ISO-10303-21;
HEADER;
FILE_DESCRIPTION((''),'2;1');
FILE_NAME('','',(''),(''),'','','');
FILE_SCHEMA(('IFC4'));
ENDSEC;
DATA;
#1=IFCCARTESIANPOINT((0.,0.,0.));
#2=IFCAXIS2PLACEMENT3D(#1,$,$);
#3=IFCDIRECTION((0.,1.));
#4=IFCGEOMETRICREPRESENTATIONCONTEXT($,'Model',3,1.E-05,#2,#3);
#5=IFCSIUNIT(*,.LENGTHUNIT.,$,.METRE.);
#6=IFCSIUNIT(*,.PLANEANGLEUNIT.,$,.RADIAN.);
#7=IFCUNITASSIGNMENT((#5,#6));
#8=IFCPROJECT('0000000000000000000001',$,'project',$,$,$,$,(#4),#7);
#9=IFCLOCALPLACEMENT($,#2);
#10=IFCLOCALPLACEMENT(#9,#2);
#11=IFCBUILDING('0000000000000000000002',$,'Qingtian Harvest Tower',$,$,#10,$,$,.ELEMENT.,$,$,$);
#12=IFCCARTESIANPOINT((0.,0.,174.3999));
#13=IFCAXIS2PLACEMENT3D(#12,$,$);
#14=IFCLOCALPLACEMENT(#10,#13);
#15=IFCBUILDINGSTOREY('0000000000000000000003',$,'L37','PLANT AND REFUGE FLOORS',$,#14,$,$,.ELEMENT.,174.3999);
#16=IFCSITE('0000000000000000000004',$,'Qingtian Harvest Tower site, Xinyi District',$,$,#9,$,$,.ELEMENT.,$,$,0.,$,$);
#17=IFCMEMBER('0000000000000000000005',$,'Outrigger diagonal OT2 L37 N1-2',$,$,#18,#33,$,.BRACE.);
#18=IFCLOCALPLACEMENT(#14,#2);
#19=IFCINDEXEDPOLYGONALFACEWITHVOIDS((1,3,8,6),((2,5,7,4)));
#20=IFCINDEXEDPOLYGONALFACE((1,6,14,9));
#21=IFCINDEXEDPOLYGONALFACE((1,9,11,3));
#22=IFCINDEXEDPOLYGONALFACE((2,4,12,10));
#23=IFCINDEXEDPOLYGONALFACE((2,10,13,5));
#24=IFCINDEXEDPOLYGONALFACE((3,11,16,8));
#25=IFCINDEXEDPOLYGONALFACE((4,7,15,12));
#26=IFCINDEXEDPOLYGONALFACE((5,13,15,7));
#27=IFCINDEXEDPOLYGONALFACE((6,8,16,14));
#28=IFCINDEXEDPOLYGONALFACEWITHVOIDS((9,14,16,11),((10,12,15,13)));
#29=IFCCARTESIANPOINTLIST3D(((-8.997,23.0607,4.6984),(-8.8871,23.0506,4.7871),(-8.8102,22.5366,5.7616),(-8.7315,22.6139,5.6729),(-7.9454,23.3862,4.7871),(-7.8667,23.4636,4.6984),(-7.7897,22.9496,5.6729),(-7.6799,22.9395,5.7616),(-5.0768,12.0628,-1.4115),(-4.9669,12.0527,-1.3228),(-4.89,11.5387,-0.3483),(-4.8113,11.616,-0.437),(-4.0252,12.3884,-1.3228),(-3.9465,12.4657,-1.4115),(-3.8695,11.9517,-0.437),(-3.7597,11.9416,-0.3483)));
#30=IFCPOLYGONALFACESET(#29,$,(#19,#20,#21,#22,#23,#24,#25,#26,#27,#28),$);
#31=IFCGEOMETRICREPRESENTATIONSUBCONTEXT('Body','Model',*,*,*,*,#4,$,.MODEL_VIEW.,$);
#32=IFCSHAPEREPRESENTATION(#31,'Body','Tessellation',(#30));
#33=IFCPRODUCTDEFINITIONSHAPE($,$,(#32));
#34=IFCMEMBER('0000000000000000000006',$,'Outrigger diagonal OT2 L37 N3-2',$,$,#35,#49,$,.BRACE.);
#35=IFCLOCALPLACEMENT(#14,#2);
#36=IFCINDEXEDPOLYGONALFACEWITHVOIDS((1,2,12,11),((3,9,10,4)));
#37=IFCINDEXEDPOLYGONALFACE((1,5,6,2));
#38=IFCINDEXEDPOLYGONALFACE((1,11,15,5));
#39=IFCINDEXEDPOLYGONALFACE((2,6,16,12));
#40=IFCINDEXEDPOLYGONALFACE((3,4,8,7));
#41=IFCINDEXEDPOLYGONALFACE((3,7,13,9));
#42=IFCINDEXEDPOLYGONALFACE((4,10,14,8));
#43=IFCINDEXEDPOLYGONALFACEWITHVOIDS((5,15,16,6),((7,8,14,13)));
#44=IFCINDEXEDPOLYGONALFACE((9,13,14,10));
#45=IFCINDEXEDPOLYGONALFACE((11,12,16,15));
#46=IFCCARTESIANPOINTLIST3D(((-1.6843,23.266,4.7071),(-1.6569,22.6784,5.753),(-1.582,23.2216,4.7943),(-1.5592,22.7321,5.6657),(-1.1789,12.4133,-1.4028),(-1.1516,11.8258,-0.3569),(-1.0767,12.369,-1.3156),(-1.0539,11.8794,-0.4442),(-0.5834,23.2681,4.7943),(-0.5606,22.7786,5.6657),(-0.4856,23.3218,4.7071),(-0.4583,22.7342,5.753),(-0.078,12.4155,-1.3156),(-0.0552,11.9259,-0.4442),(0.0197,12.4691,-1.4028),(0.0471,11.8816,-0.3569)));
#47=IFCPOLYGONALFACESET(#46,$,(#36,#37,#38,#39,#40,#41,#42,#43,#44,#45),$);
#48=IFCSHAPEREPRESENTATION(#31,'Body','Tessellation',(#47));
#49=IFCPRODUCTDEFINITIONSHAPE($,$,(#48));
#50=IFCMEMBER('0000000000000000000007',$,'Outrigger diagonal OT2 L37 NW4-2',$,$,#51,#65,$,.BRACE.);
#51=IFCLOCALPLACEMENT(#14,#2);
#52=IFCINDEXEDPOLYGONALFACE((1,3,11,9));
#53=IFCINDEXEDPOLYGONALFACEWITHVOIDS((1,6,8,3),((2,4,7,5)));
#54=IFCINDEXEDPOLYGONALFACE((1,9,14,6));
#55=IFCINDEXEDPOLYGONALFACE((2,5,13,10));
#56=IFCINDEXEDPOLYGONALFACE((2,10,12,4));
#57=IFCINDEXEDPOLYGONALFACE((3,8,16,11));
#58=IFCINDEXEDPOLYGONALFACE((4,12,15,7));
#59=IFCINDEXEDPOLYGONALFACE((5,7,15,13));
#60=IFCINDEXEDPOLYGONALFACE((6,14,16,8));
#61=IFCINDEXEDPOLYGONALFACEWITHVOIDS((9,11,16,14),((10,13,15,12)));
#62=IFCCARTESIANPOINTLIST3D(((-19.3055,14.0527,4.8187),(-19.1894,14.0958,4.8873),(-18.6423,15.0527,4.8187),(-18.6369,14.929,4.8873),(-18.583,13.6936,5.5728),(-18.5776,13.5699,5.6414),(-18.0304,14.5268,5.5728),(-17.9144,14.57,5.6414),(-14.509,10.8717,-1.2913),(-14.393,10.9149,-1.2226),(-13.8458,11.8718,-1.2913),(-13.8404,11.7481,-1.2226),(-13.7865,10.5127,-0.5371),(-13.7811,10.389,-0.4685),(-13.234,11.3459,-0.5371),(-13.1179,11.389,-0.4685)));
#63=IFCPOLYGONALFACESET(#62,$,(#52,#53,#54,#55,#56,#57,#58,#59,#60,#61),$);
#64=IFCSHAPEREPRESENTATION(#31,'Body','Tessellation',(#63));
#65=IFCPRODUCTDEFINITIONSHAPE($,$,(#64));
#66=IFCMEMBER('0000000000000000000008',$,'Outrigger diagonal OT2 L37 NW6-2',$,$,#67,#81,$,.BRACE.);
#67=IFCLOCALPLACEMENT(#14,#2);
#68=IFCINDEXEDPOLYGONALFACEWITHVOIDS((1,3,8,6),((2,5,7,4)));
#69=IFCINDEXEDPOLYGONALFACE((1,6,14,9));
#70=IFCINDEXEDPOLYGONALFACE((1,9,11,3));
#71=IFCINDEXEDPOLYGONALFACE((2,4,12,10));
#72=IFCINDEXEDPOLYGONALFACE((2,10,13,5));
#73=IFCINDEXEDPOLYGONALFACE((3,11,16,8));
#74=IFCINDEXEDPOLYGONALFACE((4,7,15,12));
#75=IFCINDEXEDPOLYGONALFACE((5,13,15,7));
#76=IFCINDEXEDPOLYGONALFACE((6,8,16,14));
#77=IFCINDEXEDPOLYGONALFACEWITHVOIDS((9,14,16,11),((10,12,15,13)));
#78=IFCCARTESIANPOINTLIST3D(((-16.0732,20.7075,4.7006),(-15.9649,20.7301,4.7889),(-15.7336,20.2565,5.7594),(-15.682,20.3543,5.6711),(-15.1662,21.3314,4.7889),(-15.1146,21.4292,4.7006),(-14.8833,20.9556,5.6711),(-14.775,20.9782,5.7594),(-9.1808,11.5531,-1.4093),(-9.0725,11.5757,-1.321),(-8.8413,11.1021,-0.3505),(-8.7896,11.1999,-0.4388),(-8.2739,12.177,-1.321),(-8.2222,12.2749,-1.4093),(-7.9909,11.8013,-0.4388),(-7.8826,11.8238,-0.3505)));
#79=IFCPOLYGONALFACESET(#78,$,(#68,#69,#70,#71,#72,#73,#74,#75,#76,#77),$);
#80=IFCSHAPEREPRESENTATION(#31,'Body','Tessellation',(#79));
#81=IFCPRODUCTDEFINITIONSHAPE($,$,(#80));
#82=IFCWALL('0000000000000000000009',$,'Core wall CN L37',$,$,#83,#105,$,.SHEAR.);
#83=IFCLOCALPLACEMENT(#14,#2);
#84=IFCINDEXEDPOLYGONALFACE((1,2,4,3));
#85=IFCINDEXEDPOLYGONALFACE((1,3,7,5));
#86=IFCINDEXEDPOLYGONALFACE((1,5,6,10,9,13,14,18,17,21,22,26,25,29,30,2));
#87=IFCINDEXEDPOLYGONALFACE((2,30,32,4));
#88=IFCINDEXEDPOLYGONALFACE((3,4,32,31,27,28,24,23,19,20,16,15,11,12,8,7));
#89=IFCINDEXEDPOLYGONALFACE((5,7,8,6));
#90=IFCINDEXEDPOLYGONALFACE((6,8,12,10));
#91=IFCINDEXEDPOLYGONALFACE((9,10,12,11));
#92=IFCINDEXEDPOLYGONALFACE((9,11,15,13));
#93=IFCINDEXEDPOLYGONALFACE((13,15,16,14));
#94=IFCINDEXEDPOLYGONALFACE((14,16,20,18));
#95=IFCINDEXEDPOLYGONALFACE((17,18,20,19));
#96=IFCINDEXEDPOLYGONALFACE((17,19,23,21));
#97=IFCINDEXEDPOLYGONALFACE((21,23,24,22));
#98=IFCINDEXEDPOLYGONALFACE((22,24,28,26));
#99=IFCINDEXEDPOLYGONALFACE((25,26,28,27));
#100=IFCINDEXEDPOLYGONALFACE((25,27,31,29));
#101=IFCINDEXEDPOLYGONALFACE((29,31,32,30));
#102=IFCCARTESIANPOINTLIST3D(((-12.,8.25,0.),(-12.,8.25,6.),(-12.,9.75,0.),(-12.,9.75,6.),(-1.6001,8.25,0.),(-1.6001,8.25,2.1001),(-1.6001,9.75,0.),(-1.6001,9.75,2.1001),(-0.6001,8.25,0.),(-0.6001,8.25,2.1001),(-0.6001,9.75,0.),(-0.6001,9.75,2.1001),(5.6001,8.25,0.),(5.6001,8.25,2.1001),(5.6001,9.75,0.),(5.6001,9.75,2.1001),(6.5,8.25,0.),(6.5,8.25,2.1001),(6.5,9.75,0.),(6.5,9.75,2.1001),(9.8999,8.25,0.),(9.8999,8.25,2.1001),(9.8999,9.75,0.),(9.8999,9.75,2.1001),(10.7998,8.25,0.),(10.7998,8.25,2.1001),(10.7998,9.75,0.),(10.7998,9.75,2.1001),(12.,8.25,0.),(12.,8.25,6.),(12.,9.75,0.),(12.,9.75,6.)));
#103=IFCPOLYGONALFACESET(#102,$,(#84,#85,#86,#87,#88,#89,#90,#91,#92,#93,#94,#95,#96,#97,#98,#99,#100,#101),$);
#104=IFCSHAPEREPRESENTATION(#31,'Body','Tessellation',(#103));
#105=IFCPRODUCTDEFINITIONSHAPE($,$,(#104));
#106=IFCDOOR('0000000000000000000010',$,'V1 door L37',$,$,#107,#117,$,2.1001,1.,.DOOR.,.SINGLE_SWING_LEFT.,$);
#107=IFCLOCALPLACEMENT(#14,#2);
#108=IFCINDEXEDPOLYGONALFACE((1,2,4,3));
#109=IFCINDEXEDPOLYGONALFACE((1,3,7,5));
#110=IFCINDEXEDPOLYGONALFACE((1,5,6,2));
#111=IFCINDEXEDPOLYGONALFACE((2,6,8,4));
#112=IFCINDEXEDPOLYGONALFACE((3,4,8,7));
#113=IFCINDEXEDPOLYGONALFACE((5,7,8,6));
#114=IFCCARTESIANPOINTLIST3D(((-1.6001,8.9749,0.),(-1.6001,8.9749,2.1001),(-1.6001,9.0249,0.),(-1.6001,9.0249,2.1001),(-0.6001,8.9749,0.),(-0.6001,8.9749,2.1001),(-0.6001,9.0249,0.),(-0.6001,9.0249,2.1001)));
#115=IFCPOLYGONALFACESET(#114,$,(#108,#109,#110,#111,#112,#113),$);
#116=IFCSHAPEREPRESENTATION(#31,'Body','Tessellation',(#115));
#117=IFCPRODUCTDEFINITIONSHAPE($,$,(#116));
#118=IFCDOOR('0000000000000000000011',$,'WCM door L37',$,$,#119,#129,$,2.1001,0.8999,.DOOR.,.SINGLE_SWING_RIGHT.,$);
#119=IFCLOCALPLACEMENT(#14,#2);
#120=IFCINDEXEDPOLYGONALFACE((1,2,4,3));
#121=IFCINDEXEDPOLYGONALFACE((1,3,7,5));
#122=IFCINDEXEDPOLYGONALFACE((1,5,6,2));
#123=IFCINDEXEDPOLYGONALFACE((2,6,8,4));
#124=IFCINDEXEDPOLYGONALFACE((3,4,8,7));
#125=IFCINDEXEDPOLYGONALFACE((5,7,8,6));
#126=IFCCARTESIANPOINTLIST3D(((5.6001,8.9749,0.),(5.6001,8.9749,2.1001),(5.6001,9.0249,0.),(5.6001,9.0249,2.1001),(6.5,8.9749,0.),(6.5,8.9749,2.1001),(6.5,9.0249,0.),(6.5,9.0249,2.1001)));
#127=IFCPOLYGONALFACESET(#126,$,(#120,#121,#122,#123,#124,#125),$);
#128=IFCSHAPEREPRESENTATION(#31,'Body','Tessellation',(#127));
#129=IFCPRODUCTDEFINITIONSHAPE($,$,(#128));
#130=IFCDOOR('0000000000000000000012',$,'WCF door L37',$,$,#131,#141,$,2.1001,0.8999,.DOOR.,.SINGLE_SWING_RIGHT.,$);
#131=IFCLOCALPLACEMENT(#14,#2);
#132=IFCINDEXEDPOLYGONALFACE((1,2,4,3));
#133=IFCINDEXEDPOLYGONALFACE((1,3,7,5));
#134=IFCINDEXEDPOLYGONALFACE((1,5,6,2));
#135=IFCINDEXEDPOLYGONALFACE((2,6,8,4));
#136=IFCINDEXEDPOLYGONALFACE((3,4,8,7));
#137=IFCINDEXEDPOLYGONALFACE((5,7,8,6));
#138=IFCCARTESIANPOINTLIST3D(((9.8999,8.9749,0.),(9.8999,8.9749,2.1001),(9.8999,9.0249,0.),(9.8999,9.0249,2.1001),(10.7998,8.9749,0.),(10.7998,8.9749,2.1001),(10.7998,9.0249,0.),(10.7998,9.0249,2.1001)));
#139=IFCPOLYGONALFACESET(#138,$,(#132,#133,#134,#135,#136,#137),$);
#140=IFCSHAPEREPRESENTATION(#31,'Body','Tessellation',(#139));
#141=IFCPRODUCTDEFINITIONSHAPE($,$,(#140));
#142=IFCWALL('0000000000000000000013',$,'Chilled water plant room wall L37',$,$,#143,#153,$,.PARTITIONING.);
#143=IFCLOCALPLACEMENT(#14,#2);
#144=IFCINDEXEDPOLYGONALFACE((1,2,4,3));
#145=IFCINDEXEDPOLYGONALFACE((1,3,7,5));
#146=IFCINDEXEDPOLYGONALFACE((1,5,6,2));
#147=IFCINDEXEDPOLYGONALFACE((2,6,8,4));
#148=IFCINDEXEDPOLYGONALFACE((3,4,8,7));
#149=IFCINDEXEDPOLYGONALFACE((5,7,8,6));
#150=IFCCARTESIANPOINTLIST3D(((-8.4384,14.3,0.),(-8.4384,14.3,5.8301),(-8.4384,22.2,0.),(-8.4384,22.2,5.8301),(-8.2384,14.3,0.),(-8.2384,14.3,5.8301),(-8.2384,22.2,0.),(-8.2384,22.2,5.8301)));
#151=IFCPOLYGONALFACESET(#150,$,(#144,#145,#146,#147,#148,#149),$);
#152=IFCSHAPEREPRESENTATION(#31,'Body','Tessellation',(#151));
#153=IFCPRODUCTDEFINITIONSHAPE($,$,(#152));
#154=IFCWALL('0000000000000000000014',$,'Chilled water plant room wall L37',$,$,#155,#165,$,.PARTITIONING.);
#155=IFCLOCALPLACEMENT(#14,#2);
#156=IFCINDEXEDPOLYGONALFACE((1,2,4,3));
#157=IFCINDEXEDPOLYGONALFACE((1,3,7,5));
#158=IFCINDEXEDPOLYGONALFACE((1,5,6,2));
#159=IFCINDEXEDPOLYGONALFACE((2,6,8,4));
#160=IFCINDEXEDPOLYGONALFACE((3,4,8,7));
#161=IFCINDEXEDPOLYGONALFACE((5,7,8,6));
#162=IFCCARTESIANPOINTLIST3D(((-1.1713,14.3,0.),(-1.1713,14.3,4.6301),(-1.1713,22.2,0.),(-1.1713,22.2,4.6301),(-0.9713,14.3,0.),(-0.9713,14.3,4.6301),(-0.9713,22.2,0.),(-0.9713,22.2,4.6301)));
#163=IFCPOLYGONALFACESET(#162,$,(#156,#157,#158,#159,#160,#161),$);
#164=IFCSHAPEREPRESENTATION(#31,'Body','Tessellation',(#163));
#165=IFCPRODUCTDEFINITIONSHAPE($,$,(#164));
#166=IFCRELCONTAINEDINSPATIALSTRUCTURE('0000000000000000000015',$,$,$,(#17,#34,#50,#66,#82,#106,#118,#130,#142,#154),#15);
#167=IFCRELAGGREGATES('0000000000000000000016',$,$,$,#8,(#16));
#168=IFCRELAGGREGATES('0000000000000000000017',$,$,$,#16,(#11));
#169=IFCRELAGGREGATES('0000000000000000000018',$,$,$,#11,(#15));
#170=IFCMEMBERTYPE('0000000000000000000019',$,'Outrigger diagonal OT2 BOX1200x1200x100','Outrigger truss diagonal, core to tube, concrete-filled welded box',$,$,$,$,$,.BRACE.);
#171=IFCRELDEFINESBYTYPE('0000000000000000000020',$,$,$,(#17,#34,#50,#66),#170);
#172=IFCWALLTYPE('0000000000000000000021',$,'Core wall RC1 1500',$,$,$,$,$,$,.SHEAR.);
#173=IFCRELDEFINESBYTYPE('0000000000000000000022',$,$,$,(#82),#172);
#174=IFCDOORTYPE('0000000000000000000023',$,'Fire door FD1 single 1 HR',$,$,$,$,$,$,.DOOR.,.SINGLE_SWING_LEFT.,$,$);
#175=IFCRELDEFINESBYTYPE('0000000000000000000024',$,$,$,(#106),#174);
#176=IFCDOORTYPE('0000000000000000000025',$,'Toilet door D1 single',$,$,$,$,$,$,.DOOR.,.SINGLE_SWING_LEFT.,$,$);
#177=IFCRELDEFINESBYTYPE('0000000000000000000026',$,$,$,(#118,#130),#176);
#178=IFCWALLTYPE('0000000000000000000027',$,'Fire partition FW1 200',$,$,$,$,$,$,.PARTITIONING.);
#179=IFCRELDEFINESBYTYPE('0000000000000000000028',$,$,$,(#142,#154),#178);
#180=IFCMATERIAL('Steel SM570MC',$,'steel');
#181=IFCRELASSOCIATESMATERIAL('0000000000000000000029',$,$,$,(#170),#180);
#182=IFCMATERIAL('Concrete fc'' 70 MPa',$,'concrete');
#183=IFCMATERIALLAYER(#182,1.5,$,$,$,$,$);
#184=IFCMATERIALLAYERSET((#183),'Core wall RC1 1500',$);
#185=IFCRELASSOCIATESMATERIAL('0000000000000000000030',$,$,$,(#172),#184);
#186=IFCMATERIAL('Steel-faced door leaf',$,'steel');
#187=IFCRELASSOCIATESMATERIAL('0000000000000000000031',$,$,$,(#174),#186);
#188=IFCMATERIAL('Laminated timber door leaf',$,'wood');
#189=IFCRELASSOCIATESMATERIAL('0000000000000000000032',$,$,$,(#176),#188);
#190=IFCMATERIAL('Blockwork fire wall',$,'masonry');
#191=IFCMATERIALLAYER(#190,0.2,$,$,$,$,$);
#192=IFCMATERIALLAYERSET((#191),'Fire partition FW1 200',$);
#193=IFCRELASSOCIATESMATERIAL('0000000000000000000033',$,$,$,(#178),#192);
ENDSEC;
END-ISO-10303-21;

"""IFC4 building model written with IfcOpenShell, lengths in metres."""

from ifc_helpers import new_model, si_unit, direction, frame, frame_2d, origin, origin_2d, place, context, subcontext, project, spatial, rectangle, hollow_rectangle, extrude, material, layer, layer_set, material_profile, profile_set, type_object, element, fill, save


model = new_model("IFC4")

# Units and contexts
model_context = context("Model", 3, precision=1e-05, world=origin(), true_north=direction((0.0, 1.0)))
body_context = subcontext(model_context, "Body", "Model", "MODEL_VIEW")
ifc_project = project(units=[si_unit("LENGTHUNIT", "METRE"), si_unit("PLANEANGLEUNIT", "RADIAN")], contexts=[model_context])

# Site, building, storey
site_placement = place(None, origin())
site = spatial("IfcSite", under=ifc_project, at=site_placement, Name="Qingtian Harvest Tower site, Xinyi District", CompositionType="ELEMENT", RefElevation=0.0)
building_placement = place(site_placement, origin())
building = spatial("IfcBuilding", under=site, at=building_placement, Name="Qingtian Harvest Tower", CompositionType="ELEMENT")
storey_placement = place(building_placement, frame((0.0, 0.0, 174.3999)))
storey = spatial("IfcBuildingStorey", under=building, at=storey_placement, Name="L37", Description="PLANT AND REFUGE FLOORS", CompositionType="ELEMENT", Elevation=174.3999)

# Members
ifc_material_1 = material(Name="Steel SM570MC", Category="steel")
ifc_material_profile = material_profile(ifc_material_1, hollow_rectangle(XDim=1.2, YDim=1.2, WallThickness=0.1001, at=origin_2d()), Name="BOX1200x1200x100")
ifc_profile_set = profile_set([ifc_material_profile], Name="Steel SM570MC")
member_type = type_object("IfcMemberType", Name="Outrigger diagonal OT2 BOX1200x1200x100", Description="Outrigger truss diagonal, core to tube, concrete-filled welded box", PredefinedType="BRACE", material=ifc_profile_set)
member_1_placement = place(storey_placement, frame((-4.4182, 12.0022, -0.8799), z_axis=(-0.297487, 0.834582, 0.463654), x_axis=(-0.941948, -0.335757, 0.0)))
element("IfcMember", 1, at=member_1_placement, inside=storey, type_object=member_type, Name="Outrigger diagonal OT2 L37 N1-2", PredefinedType="BRACE", context=body_context, shape_type="SweptSolid", body=[
    extrude(hollow_rectangle(XDim=1.2, YDim=1.2, WallThickness=0.1001, at=origin_2d()), origin(), (0.0, 0.0, 1.0), 13.1777),
])
member_2_placement = place(storey_placement, frame((-0.5659, 12.1475, -0.8799), z_axis=(-0.040545, 0.870677, 0.490182), x_axis=(-0.998918, -0.046517, 0.0)))
element("IfcMember", 2, at=member_2_placement, inside=storey, type_object=member_type, Name="Outrigger diagonal OT2 L37 N3-2", PredefinedType="BRACE", context=body_context, shape_type="SweptSolid", body=[
    extrude(hollow_rectangle(XDim=1.2, YDim=1.2, WallThickness=0.1001, at=origin_2d()), origin(), (0.0, 0.0, 1.0), 12.4646),
])
member_3_placement = place(storey_placement, frame((-13.8135, 11.1304, -0.8799), z_axis=(-0.571428, 0.378964, 0.727912), x_axis=(-0.552692, -0.833386, 0.0)))
element("IfcMember", 3, at=member_3_placement, inside=storey, type_object=member_type, Name="Outrigger diagonal OT2 L37 NW4-2", PredefinedType="BRACE", context=body_context, shape_type="SweptSolid", body=[
    extrude(hollow_rectangle(XDim=1.2, YDim=1.2, WallThickness=0.1001, at=origin_2d()), origin(), (0.0, 0.0, 1.0), 8.3938),
])
member_4_placement = place(storey_placement, frame((-8.5317, 11.6885, -0.8799), z_axis=(-0.530752, 0.704937, 0.470497), x_axis=(-0.798884, -0.601485, 0.0)))
element("IfcMember", 4, at=member_4_placement, inside=storey, type_object=member_type, Name="Outrigger diagonal OT2 L37 NW6-2", PredefinedType="BRACE", context=body_context, shape_type="SweptSolid", body=[
    extrude(hollow_rectangle(XDim=1.2, YDim=1.2, WallThickness=0.1001, at=origin_2d()), origin(), (0.0, 0.0, 1.0), 12.9861),
])

# Wall, openings, doors
ifc_material_2 = material(Name="Concrete fc' 70 MPa", Category="concrete")
ifc_layer_1 = layer(ifc_material_2, 1.5)
ifc_layer_set_1 = layer_set([ifc_layer_1], Name="Core wall RC1 1500")
wall_type_1 = type_object("IfcWallType", Name="Core wall RC1 1500", PredefinedType="SHEAR", material=ifc_layer_set_1)
wall_1_placement = place(storey_placement, frame((-12.0, 9.0, 0.0), z_axis=(0.0, 0.0, 1.0), x_axis=(1.0, 0.0, 0.0)))
wall_1 = element("IfcWall", 5, at=wall_1_placement, inside=storey, type_object=wall_type_1, Name="Core wall CN L37", PredefinedType="SHEAR", context=body_context, shape_type="SweptSolid", body=[
    extrude(rectangle(XDim=24.0, YDim=1.5, at=frame_2d((12.0, 0.0))), origin(), (0.0, 0.0, 1.0), 6.0),
])
opening_1_placement = place(wall_1_placement, frame((10.3999, 0.0, 0.0)))
opening_1 = element("IfcOpeningElement", 6, at=opening_1_placement, cuts=wall_1, PredefinedType="OPENING", context=body_context, shape_type="SweptSolid", body=[
    extrude(rectangle(XDim=1.0, YDim=2.1001, at=frame_2d((0.5, 1.05))), frame((0.0, 0.76, 0.0), z_axis=(0.0, -1.0, 0.0), x_axis=(1.0, 0.0, 0.0)), (0.0, 0.0, 1.0), 1.52),
])
opening_2_placement = place(wall_1_placement, frame((17.6001, 0.0, 0.0)))
opening_2 = element("IfcOpeningElement", 7, at=opening_2_placement, cuts=wall_1, PredefinedType="OPENING", context=body_context, shape_type="SweptSolid", body=[
    extrude(rectangle(XDim=0.8999, YDim=2.1001, at=frame_2d((0.45, 1.05))), frame((0.0, 0.76, 0.0), z_axis=(0.0, -1.0, 0.0), x_axis=(1.0, 0.0, 0.0)), (0.0, 0.0, 1.0), 1.52),
])
opening_3_placement = place(wall_1_placement, frame((21.8999, 0.0, 0.0)))
opening_3 = element("IfcOpeningElement", 8, at=opening_3_placement, cuts=wall_1, PredefinedType="OPENING", context=body_context, shape_type="SweptSolid", body=[
    extrude(rectangle(XDim=0.8999, YDim=2.1001, at=frame_2d((0.45, 1.05))), frame((0.0, 0.76, 0.0), z_axis=(0.0, -1.0, 0.0), x_axis=(1.0, 0.0, 0.0)), (0.0, 0.0, 1.0), 1.52),
])
ifc_material_3 = material(Name="Steel-faced door leaf", Category="steel")
door_type_1 = type_object("IfcDoorType", Name="Fire door FD1 single 1 HR", OperationType="SINGLE_SWING_LEFT", PredefinedType="DOOR", material=ifc_material_3)
door_1_placement = place(opening_1_placement, origin())
door_1 = element("IfcDoor", 9, at=door_1_placement, inside=storey, type_object=door_type_1, Name="V1 door L37", OperationType="SINGLE_SWING_LEFT", OverallHeight=2.1001, OverallWidth=1.0, PredefinedType="DOOR", context=body_context, shape_type="SweptSolid", body=[
    extrude(rectangle(XDim=1.0, YDim=2.1001, at=frame_2d((0.5, 1.05))), frame((0.0, 0.0249, 0.0), z_axis=(0.0, -1.0, 0.0), x_axis=(1.0, 0.0, 0.0)), (0.0, 0.0, 1.0), 0.05),
])
fill(opening_1, door_1)
ifc_material_4 = material(Name="Laminated timber door leaf", Category="wood")
door_type_2 = type_object("IfcDoorType", Name="Toilet door D1 single", OperationType="SINGLE_SWING_LEFT", PredefinedType="DOOR", material=ifc_material_4)
door_2_placement = place(opening_2_placement, origin())
door_2 = element("IfcDoor", 10, at=door_2_placement, inside=storey, type_object=door_type_2, Name="WCM door L37", OperationType="SINGLE_SWING_RIGHT", OverallHeight=2.1001, OverallWidth=0.8999, PredefinedType="DOOR", context=body_context, shape_type="SweptSolid", body=[
    extrude(rectangle(XDim=0.8999, YDim=2.1001, at=frame_2d((0.45, 1.05))), frame((0.0, 0.0249, 0.0), z_axis=(0.0, -1.0, 0.0), x_axis=(1.0, 0.0, 0.0)), (0.0, 0.0, 1.0), 0.05),
])
fill(opening_2, door_2)
door_3_placement = place(opening_3_placement, origin())
door_3 = element("IfcDoor", 11, at=door_3_placement, inside=storey, type_object=door_type_2, Name="WCF door L37", OperationType="SINGLE_SWING_RIGHT", OverallHeight=2.1001, OverallWidth=0.8999, PredefinedType="DOOR", context=body_context, shape_type="SweptSolid", body=[
    extrude(rectangle(XDim=0.8999, YDim=2.1001, at=frame_2d((0.45, 1.05))), frame((0.0, 0.0249, 0.0), z_axis=(0.0, -1.0, 0.0), x_axis=(1.0, 0.0, 0.0)), (0.0, 0.0, 1.0), 0.05),
])
fill(opening_3, door_3)

# Walls
ifc_material_5 = material(Name="Blockwork fire wall", Category="masonry")
ifc_layer_2 = layer(ifc_material_5, 0.2)
ifc_layer_set_2 = layer_set([ifc_layer_2], Name="Fire partition FW1 200")
wall_type_2 = type_object("IfcWallType", Name="Fire partition FW1 200", PredefinedType="PARTITIONING", material=ifc_layer_set_2)
wall_2_placement = place(storey_placement, frame((-8.3384, 22.2, 0.0), z_axis=(0.0, 0.0, 1.0), x_axis=(0.0, -1.0, 0.0)))
element("IfcWall", 12, at=wall_2_placement, inside=storey, type_object=wall_type_2, Name="Chilled water plant room wall L37", PredefinedType="PARTITIONING", context=body_context, shape_type="SweptSolid", body=[
    extrude(rectangle(XDim=7.8999, YDim=0.2, at=frame_2d((3.95, 0.0))), origin(), (0.0, 0.0, 1.0), 5.8301),
])
wall_3_placement = place(storey_placement, frame((-1.0713, 22.2, 0.0), z_axis=(0.0, 0.0, 1.0), x_axis=(0.0, -1.0, 0.0)))
element("IfcWall", 13, at=wall_3_placement, inside=storey, type_object=wall_type_2, Name="Chilled water plant room wall L37", PredefinedType="PARTITIONING", context=body_context, shape_type="SweptSolid", body=[
    extrude(rectangle(XDim=7.8999, YDim=0.2, at=frame_2d((3.95, 0.0))), origin(), (0.0, 0.0, 1.0), 4.6301),
])

save(model, "model.ifc")
